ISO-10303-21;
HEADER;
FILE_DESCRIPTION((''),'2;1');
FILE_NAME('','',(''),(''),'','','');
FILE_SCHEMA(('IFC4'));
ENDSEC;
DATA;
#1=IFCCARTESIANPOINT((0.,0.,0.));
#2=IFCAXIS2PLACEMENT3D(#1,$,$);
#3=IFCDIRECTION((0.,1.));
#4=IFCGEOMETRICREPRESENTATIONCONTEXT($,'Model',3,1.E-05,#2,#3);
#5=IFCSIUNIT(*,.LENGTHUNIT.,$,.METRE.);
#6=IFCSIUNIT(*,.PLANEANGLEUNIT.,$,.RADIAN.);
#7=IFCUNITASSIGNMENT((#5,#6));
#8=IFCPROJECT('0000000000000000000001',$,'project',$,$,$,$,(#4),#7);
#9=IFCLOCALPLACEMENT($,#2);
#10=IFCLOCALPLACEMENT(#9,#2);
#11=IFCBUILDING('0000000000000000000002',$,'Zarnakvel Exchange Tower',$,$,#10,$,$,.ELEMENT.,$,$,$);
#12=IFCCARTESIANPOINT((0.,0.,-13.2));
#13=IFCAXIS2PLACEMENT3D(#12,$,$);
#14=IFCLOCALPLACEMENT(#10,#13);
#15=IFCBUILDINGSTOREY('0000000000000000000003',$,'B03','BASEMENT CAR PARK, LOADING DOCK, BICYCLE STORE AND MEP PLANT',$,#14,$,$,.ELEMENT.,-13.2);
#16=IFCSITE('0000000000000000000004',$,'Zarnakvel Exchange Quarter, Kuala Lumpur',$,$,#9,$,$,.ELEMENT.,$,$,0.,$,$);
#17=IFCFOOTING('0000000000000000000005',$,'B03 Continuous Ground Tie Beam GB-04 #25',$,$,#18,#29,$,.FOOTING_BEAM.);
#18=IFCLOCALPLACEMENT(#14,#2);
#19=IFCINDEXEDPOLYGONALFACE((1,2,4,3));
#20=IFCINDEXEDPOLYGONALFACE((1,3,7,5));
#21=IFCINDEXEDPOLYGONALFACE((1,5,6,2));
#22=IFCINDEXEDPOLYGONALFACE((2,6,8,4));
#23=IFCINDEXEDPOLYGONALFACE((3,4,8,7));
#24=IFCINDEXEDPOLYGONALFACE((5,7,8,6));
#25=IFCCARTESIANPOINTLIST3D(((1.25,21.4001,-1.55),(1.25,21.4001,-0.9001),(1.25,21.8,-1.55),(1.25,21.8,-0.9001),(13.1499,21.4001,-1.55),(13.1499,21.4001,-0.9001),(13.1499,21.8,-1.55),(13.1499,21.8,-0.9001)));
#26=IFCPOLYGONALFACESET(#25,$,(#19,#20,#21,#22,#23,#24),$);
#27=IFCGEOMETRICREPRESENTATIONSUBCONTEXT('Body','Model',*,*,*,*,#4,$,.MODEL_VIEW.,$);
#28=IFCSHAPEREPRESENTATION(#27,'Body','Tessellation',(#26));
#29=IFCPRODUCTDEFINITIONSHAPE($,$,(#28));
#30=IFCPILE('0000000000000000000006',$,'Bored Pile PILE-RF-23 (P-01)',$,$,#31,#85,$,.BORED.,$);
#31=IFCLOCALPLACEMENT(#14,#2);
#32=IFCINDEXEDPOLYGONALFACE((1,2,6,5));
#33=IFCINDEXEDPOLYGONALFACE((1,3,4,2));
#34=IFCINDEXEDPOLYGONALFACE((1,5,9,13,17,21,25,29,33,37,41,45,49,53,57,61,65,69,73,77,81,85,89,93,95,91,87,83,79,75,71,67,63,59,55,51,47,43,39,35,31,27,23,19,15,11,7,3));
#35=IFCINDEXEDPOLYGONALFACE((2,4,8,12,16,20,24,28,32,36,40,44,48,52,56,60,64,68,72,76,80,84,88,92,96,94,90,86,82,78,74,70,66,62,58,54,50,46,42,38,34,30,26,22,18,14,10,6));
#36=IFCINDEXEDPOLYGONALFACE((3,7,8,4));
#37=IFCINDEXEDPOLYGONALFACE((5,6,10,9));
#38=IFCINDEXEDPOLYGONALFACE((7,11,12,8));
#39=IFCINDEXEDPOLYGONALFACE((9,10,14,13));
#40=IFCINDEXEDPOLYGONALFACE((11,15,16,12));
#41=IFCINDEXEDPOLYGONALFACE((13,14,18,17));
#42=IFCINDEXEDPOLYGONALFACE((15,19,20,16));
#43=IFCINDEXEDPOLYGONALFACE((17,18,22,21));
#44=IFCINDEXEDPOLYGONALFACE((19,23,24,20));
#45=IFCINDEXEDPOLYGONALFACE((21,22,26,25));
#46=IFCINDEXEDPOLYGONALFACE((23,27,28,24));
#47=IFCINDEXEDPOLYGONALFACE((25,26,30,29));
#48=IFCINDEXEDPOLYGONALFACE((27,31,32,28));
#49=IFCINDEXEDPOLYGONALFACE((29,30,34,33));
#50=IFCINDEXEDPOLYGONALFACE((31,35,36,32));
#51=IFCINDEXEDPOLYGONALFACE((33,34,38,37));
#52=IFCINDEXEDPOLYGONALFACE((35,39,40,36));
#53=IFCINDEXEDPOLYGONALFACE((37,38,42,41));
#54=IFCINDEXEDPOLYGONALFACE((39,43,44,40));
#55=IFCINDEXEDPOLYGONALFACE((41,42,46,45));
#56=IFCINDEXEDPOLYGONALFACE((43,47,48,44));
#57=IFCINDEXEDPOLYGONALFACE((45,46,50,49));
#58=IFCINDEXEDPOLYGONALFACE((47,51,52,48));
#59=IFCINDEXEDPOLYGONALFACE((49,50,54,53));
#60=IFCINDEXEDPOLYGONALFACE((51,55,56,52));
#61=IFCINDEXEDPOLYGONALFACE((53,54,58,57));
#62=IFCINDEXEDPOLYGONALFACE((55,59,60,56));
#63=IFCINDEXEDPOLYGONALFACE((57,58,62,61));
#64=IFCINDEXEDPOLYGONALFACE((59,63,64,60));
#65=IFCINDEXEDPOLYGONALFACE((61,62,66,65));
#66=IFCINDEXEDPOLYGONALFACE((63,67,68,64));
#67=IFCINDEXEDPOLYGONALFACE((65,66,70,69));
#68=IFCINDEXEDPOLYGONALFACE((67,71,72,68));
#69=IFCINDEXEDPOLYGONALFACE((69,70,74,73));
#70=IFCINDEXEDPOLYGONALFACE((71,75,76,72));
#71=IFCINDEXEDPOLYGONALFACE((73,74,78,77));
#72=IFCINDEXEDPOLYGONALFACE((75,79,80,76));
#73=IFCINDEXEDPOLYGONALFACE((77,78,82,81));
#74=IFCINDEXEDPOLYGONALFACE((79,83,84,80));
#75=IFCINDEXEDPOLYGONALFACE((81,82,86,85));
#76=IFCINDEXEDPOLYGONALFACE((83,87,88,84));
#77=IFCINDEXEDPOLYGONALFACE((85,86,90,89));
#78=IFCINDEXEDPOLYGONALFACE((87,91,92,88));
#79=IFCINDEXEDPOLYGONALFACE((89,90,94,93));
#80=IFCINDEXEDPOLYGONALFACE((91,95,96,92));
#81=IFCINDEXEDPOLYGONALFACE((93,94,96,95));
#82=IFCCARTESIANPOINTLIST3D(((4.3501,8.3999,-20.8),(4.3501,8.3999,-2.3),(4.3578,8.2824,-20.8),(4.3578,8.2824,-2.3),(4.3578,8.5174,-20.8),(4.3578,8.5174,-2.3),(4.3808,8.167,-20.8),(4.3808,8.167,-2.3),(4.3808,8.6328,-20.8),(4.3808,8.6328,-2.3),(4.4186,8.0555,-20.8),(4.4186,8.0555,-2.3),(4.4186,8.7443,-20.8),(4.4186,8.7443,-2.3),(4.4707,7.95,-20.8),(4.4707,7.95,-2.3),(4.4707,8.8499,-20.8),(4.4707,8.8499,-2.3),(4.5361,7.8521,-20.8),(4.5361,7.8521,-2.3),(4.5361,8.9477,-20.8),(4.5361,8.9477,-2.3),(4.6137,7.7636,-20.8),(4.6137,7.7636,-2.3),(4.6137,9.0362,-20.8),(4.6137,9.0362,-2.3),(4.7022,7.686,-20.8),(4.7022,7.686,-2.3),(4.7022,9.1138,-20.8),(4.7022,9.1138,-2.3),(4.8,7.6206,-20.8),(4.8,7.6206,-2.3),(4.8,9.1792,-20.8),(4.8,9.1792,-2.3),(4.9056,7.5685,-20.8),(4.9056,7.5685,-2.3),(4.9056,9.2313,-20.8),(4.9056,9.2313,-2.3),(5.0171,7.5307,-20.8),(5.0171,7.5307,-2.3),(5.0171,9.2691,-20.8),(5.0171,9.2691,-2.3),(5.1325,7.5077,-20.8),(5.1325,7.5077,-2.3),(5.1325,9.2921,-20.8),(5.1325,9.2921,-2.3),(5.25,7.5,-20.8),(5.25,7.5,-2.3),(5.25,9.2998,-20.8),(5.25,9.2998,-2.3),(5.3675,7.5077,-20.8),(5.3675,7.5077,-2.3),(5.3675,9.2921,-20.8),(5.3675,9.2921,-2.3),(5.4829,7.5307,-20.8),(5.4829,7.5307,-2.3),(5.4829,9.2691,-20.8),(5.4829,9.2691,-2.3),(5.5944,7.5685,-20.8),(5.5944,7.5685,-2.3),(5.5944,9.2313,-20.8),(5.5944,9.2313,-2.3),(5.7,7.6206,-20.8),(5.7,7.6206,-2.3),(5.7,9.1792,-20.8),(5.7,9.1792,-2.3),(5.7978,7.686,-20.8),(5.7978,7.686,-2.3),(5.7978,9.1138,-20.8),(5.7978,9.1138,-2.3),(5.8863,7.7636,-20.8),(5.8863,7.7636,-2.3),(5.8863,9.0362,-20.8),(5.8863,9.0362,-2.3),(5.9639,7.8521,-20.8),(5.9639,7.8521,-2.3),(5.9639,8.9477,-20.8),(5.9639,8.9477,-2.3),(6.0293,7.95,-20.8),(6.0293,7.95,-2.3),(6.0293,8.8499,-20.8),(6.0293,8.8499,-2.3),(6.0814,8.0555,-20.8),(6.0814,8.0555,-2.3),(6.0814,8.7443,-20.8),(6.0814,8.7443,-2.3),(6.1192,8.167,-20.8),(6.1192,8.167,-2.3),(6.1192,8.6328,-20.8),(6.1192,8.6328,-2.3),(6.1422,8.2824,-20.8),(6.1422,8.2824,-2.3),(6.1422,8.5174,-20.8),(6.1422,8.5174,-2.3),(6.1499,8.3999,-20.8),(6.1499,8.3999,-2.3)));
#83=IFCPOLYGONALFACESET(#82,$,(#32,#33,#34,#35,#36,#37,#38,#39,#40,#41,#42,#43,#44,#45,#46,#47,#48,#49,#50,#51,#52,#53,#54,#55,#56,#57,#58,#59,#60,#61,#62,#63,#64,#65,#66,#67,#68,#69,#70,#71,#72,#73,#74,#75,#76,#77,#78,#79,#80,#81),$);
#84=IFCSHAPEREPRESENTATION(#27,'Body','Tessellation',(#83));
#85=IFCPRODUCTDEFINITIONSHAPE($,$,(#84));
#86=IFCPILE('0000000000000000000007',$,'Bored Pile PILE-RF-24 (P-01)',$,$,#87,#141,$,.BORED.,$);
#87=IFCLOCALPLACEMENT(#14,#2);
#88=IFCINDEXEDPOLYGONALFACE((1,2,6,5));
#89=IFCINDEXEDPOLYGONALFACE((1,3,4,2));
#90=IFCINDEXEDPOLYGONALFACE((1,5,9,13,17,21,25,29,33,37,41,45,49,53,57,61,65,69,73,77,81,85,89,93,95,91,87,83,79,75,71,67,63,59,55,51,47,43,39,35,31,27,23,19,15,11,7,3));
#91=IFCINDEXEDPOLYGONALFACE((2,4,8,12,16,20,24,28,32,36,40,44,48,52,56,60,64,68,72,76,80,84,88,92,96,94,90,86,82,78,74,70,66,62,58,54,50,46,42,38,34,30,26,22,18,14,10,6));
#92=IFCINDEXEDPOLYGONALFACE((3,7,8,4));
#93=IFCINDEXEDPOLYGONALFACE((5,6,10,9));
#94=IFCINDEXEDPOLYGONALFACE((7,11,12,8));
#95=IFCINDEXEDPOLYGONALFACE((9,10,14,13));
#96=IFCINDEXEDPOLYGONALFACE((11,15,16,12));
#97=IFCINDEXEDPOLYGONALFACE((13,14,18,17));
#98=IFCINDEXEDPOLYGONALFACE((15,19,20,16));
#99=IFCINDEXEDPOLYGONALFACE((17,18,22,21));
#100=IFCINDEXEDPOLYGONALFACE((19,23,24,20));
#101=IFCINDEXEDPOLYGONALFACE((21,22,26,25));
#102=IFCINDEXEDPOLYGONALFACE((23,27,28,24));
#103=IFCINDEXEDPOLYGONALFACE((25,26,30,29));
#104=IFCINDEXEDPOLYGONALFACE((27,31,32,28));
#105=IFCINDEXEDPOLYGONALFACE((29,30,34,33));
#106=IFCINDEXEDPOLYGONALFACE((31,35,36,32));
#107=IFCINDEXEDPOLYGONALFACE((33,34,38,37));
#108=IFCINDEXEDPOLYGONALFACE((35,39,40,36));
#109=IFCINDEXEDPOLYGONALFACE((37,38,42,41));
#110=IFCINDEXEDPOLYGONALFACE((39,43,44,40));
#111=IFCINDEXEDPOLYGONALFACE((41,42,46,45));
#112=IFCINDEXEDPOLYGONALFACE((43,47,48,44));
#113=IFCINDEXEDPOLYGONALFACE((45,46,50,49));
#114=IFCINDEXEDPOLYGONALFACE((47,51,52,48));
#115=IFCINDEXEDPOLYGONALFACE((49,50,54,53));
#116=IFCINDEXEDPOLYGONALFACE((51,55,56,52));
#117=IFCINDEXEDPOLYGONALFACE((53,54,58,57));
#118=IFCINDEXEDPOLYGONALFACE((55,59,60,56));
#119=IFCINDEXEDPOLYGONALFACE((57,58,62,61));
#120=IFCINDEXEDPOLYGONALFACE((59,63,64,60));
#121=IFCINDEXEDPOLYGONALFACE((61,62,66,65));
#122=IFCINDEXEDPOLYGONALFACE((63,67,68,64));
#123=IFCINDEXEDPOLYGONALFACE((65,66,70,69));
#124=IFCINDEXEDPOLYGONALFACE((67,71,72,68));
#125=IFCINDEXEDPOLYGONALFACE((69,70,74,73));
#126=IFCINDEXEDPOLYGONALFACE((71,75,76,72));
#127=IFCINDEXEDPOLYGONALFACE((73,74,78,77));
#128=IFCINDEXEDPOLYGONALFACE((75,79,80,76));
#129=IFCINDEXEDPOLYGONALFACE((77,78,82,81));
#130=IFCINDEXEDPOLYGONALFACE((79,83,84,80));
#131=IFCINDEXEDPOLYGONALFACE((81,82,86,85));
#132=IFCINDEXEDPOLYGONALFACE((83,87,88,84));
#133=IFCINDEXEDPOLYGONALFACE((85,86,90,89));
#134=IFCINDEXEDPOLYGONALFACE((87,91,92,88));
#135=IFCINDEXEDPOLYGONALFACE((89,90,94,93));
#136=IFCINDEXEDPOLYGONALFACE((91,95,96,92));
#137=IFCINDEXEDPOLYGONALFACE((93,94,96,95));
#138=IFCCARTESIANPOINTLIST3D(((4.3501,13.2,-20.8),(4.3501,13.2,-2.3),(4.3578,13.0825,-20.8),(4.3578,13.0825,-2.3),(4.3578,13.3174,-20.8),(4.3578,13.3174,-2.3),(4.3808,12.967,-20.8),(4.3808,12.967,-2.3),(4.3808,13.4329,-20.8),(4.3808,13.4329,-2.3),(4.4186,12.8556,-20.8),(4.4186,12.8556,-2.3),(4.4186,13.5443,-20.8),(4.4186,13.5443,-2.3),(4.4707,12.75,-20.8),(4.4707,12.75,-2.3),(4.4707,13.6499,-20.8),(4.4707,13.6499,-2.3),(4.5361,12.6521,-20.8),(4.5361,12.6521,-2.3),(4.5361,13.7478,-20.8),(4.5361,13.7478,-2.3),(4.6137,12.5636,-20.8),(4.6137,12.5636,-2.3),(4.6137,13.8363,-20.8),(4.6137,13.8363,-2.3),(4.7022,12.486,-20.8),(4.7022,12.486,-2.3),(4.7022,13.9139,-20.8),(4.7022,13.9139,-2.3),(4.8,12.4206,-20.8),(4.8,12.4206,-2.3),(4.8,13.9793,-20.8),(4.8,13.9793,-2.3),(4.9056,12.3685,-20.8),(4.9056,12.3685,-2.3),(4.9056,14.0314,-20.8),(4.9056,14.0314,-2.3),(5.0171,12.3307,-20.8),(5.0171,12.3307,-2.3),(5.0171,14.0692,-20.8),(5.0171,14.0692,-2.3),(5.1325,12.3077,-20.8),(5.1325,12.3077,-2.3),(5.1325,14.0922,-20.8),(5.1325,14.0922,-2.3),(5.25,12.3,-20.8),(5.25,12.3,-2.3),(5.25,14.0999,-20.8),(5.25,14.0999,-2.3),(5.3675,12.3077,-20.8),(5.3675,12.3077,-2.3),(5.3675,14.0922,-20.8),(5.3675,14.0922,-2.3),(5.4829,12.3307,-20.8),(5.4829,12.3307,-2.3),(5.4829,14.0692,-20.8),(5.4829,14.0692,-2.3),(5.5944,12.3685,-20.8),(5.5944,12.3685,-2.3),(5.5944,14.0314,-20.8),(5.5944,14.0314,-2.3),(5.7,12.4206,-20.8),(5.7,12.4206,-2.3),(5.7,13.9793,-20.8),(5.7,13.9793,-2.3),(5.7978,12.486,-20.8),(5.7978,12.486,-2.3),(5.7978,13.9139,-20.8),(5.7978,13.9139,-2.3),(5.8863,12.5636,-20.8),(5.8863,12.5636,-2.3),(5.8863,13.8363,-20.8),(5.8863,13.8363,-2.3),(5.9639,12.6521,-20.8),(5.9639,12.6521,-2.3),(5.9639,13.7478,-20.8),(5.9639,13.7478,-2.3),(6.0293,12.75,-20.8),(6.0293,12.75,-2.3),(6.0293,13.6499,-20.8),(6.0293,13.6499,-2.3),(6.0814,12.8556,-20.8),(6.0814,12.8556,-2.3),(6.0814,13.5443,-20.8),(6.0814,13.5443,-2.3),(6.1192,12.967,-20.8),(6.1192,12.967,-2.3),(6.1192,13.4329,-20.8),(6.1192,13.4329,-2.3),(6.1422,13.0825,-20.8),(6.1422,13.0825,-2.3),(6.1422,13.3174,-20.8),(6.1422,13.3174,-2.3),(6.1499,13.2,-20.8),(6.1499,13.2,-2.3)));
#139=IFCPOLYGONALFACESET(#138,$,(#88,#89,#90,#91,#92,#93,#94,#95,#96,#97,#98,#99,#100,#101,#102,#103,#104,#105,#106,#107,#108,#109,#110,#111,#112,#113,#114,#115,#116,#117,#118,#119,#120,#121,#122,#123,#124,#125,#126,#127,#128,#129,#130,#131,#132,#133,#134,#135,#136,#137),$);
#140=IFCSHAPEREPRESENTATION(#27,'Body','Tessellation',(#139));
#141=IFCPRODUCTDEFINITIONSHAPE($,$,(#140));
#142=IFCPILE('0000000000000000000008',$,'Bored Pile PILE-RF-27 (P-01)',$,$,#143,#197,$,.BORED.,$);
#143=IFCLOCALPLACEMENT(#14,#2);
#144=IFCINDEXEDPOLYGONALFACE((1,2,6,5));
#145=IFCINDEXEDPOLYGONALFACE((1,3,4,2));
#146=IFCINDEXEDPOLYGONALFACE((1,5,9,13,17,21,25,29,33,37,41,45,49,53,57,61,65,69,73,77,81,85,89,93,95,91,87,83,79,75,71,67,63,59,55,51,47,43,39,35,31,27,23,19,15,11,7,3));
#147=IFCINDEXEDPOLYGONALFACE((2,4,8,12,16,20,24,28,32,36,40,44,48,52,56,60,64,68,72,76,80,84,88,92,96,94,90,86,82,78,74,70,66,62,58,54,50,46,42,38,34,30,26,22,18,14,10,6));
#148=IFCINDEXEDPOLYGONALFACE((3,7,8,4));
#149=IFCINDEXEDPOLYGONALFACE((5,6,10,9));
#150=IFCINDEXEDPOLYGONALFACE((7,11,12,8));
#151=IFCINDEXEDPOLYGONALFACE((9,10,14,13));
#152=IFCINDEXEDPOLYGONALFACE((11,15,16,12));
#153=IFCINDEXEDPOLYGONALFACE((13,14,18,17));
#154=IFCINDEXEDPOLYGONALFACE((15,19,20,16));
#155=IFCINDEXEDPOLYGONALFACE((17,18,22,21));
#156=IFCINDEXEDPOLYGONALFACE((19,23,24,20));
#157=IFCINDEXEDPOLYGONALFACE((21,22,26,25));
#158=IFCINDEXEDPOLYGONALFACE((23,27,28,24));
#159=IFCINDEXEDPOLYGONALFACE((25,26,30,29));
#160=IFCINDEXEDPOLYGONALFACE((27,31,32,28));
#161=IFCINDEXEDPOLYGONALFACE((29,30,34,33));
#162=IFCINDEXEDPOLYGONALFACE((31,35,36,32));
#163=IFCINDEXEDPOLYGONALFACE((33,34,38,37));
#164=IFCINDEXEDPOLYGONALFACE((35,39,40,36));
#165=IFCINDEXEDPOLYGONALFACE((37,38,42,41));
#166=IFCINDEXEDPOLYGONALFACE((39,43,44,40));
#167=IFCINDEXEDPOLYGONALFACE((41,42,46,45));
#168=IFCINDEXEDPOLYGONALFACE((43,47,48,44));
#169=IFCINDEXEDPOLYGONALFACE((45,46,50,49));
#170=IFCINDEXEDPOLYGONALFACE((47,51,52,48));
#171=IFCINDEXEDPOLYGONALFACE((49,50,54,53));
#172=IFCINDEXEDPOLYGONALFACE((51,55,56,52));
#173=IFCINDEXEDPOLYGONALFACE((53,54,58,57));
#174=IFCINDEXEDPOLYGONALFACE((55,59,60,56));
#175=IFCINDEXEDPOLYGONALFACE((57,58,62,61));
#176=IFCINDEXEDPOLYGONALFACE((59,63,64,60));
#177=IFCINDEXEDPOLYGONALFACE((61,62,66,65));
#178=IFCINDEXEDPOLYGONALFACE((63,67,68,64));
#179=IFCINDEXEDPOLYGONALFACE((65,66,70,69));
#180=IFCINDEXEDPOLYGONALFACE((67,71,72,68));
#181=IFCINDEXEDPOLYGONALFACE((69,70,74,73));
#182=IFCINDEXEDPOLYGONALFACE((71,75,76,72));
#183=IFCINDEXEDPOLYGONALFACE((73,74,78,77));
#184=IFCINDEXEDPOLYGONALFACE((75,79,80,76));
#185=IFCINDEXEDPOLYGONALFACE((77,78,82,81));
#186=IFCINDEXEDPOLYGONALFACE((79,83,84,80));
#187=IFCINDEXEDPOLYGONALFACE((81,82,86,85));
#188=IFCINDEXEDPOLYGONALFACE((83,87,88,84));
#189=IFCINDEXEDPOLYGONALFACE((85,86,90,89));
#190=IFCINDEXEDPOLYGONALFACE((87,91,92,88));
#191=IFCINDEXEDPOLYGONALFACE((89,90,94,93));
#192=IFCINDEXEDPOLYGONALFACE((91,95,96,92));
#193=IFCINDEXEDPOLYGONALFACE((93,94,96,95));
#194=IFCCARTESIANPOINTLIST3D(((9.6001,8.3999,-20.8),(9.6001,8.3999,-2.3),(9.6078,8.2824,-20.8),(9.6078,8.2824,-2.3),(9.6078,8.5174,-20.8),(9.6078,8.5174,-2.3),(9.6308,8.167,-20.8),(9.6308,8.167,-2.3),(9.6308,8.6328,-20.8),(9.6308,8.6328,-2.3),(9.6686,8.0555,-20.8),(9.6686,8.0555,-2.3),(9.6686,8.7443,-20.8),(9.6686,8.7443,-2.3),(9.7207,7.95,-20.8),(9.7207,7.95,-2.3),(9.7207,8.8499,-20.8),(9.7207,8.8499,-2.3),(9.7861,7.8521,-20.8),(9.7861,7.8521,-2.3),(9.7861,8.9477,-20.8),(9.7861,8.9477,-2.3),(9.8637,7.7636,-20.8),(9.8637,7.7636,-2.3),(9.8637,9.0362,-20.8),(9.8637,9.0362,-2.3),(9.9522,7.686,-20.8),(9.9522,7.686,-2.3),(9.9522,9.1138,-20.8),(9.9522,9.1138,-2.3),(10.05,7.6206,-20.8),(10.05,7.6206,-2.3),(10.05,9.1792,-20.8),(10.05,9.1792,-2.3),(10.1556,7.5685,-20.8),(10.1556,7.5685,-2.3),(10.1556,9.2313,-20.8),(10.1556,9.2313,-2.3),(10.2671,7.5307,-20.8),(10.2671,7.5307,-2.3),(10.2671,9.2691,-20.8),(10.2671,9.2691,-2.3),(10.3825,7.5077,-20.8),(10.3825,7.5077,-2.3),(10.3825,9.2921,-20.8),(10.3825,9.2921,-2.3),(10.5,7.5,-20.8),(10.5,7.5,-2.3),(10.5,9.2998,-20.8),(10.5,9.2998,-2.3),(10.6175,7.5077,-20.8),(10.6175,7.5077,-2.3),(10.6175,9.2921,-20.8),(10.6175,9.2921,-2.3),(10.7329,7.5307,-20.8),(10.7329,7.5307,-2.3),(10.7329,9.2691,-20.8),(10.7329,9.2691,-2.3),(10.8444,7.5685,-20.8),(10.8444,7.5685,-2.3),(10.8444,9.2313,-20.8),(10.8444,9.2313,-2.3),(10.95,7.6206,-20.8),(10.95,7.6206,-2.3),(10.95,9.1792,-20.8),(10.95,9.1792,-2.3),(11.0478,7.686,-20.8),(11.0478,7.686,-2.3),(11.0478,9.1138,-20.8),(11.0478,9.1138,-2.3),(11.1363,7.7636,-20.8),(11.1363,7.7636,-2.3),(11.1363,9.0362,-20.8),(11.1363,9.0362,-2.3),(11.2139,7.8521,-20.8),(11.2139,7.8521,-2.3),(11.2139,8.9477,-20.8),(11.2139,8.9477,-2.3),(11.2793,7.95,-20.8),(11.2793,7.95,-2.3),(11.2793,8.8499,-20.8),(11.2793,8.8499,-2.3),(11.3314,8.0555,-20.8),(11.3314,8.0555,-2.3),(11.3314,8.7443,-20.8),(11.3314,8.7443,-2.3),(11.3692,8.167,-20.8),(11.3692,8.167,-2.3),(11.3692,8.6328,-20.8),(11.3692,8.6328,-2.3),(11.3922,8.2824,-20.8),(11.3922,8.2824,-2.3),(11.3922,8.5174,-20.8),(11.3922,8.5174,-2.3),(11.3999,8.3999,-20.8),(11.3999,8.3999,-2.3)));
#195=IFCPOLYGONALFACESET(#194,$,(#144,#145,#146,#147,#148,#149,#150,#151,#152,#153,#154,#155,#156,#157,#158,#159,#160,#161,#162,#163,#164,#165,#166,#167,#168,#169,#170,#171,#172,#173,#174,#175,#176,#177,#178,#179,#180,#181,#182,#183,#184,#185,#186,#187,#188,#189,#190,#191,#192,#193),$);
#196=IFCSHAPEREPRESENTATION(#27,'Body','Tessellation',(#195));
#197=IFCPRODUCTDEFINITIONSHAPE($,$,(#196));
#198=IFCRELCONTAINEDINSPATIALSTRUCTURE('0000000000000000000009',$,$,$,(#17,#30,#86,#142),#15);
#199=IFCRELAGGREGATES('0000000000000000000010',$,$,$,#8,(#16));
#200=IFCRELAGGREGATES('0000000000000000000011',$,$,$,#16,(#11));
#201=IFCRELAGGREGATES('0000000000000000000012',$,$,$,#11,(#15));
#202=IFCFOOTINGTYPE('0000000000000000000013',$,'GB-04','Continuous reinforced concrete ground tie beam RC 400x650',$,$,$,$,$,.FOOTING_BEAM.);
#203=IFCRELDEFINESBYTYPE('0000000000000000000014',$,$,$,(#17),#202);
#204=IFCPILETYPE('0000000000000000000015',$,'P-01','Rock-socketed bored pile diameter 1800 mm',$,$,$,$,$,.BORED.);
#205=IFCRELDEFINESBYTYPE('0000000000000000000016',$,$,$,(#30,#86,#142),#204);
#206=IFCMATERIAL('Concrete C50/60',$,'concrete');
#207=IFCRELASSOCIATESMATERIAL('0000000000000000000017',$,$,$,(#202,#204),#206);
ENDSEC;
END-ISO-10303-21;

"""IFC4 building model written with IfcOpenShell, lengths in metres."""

from ifc_helpers import new_model, si_unit, direction, frame, origin, origin_2d, place, context, subcontext, project, spatial, rectangle, circle, extrude, material, material_profile, profile_set, type_object, element, save


model = new_model("IFC4")

# Units and contexts
model_context = context("Model", 3, precision=1e-05, world=origin(), true_north=direction((0.0, 1.0)))
body_context = subcontext(model_context, "Body", "Model", "MODEL_VIEW")
ifc_project = project(units=[si_unit("LENGTHUNIT", "METRE"), si_unit("PLANEANGLEUNIT", "RADIAN")], contexts=[model_context])

# Site, building, storey
site_placement = place(None, origin())
site = spatial("IfcSite", under=ifc_project, at=site_placement, Name="Zarnakvel Exchange Quarter, Kuala Lumpur", CompositionType="ELEMENT", RefElevation=0.0)
building_placement = place(site_placement, origin())
building = spatial("IfcBuilding", under=site, at=building_placement, Name="Zarnakvel Exchange Tower", CompositionType="ELEMENT")
storey_placement = place(building_placement, frame((0.0, 0.0, -13.2)))
storey = spatial("IfcBuildingStorey", under=building, at=storey_placement, Name="B03", Description="BASEMENT CAR PARK, LOADING DOCK, BICYCLE STORE AND MEP PLANT", CompositionType="ELEMENT", Elevation=-13.2)

# Footing
ifc_material_1 = material(Name="Concrete C50/60", Category="concrete")
ifc_material_profile_1 = material_profile(ifc_material_1, rectangle(XDim=0.3999, YDim=0.6499, at=origin_2d()))
ifc_profile_set_1 = profile_set([ifc_material_profile_1], Name="Concrete C50/60")
footing_type = type_object("IfcFootingType", Name="GB-04", Description="Continuous reinforced concrete ground tie beam RC 400x650", PredefinedType="FOOTING_BEAM", material=ifc_profile_set_1)
footing_placement = place(storey_placement, frame((1.25, 21.6001, -1.2251), z_axis=(1.0, 0.0, 0.0), x_axis=(0.0, 1.0, 0.0)))
element("IfcFooting", 1, at=footing_placement, inside=storey, type_object=footing_type, Name="B03 Continuous Ground Tie Beam GB-04 #25", PredefinedType="FOOTING_BEAM", context=body_context, shape_type="SweptSolid", body=[
    extrude(rectangle(XDim=0.3999, YDim=0.6499, at=origin_2d()), origin(), (0.0, 0.0, 1.0), 11.8999),
])

# Piles
ifc_material_profile_2 = material_profile(ifc_material_1, circle(Radius=0.8999, at=origin_2d()))
ifc_profile_set_2 = profile_set([ifc_material_profile_2], Name="Concrete C50/60")
pile_type = type_object("IfcPileType", Name="P-01", Description="Rock-socketed bored pile diameter 1800 mm", PredefinedType="BORED", material=ifc_profile_set_2)
for number, where, z_axis, x_axis, name in (
    (2, (5.25, 8.3999, -2.3), (0.0, 0.0, -1.0), (1.0, 0.0, 0.0), "Bored Pile PILE-RF-23 (P-01)"),
    (3, (5.25, 13.2, -2.3), (0.0, 0.0, -1.0), (1.0, 0.0, 0.0), "Bored Pile PILE-RF-24 (P-01)"),
    (4, (10.5, 8.3999, -2.3), (0.0, 0.0, -1.0), (1.0, 0.0, 0.0), "Bored Pile PILE-RF-27 (P-01)"),
):
    element("IfcPile", number, at=place(storey_placement, frame(where, z_axis=z_axis, x_axis=x_axis)), inside=storey, type_object=pile_type, Name=name, PredefinedType="BORED", context=body_context, shape_type="SweptSolid", body=[
        extrude(circle(Radius=0.8999, at=origin_2d()), origin(), (0.0, 0.0, 1.0), 18.5),
    ])

save(model, "model.ifc")
